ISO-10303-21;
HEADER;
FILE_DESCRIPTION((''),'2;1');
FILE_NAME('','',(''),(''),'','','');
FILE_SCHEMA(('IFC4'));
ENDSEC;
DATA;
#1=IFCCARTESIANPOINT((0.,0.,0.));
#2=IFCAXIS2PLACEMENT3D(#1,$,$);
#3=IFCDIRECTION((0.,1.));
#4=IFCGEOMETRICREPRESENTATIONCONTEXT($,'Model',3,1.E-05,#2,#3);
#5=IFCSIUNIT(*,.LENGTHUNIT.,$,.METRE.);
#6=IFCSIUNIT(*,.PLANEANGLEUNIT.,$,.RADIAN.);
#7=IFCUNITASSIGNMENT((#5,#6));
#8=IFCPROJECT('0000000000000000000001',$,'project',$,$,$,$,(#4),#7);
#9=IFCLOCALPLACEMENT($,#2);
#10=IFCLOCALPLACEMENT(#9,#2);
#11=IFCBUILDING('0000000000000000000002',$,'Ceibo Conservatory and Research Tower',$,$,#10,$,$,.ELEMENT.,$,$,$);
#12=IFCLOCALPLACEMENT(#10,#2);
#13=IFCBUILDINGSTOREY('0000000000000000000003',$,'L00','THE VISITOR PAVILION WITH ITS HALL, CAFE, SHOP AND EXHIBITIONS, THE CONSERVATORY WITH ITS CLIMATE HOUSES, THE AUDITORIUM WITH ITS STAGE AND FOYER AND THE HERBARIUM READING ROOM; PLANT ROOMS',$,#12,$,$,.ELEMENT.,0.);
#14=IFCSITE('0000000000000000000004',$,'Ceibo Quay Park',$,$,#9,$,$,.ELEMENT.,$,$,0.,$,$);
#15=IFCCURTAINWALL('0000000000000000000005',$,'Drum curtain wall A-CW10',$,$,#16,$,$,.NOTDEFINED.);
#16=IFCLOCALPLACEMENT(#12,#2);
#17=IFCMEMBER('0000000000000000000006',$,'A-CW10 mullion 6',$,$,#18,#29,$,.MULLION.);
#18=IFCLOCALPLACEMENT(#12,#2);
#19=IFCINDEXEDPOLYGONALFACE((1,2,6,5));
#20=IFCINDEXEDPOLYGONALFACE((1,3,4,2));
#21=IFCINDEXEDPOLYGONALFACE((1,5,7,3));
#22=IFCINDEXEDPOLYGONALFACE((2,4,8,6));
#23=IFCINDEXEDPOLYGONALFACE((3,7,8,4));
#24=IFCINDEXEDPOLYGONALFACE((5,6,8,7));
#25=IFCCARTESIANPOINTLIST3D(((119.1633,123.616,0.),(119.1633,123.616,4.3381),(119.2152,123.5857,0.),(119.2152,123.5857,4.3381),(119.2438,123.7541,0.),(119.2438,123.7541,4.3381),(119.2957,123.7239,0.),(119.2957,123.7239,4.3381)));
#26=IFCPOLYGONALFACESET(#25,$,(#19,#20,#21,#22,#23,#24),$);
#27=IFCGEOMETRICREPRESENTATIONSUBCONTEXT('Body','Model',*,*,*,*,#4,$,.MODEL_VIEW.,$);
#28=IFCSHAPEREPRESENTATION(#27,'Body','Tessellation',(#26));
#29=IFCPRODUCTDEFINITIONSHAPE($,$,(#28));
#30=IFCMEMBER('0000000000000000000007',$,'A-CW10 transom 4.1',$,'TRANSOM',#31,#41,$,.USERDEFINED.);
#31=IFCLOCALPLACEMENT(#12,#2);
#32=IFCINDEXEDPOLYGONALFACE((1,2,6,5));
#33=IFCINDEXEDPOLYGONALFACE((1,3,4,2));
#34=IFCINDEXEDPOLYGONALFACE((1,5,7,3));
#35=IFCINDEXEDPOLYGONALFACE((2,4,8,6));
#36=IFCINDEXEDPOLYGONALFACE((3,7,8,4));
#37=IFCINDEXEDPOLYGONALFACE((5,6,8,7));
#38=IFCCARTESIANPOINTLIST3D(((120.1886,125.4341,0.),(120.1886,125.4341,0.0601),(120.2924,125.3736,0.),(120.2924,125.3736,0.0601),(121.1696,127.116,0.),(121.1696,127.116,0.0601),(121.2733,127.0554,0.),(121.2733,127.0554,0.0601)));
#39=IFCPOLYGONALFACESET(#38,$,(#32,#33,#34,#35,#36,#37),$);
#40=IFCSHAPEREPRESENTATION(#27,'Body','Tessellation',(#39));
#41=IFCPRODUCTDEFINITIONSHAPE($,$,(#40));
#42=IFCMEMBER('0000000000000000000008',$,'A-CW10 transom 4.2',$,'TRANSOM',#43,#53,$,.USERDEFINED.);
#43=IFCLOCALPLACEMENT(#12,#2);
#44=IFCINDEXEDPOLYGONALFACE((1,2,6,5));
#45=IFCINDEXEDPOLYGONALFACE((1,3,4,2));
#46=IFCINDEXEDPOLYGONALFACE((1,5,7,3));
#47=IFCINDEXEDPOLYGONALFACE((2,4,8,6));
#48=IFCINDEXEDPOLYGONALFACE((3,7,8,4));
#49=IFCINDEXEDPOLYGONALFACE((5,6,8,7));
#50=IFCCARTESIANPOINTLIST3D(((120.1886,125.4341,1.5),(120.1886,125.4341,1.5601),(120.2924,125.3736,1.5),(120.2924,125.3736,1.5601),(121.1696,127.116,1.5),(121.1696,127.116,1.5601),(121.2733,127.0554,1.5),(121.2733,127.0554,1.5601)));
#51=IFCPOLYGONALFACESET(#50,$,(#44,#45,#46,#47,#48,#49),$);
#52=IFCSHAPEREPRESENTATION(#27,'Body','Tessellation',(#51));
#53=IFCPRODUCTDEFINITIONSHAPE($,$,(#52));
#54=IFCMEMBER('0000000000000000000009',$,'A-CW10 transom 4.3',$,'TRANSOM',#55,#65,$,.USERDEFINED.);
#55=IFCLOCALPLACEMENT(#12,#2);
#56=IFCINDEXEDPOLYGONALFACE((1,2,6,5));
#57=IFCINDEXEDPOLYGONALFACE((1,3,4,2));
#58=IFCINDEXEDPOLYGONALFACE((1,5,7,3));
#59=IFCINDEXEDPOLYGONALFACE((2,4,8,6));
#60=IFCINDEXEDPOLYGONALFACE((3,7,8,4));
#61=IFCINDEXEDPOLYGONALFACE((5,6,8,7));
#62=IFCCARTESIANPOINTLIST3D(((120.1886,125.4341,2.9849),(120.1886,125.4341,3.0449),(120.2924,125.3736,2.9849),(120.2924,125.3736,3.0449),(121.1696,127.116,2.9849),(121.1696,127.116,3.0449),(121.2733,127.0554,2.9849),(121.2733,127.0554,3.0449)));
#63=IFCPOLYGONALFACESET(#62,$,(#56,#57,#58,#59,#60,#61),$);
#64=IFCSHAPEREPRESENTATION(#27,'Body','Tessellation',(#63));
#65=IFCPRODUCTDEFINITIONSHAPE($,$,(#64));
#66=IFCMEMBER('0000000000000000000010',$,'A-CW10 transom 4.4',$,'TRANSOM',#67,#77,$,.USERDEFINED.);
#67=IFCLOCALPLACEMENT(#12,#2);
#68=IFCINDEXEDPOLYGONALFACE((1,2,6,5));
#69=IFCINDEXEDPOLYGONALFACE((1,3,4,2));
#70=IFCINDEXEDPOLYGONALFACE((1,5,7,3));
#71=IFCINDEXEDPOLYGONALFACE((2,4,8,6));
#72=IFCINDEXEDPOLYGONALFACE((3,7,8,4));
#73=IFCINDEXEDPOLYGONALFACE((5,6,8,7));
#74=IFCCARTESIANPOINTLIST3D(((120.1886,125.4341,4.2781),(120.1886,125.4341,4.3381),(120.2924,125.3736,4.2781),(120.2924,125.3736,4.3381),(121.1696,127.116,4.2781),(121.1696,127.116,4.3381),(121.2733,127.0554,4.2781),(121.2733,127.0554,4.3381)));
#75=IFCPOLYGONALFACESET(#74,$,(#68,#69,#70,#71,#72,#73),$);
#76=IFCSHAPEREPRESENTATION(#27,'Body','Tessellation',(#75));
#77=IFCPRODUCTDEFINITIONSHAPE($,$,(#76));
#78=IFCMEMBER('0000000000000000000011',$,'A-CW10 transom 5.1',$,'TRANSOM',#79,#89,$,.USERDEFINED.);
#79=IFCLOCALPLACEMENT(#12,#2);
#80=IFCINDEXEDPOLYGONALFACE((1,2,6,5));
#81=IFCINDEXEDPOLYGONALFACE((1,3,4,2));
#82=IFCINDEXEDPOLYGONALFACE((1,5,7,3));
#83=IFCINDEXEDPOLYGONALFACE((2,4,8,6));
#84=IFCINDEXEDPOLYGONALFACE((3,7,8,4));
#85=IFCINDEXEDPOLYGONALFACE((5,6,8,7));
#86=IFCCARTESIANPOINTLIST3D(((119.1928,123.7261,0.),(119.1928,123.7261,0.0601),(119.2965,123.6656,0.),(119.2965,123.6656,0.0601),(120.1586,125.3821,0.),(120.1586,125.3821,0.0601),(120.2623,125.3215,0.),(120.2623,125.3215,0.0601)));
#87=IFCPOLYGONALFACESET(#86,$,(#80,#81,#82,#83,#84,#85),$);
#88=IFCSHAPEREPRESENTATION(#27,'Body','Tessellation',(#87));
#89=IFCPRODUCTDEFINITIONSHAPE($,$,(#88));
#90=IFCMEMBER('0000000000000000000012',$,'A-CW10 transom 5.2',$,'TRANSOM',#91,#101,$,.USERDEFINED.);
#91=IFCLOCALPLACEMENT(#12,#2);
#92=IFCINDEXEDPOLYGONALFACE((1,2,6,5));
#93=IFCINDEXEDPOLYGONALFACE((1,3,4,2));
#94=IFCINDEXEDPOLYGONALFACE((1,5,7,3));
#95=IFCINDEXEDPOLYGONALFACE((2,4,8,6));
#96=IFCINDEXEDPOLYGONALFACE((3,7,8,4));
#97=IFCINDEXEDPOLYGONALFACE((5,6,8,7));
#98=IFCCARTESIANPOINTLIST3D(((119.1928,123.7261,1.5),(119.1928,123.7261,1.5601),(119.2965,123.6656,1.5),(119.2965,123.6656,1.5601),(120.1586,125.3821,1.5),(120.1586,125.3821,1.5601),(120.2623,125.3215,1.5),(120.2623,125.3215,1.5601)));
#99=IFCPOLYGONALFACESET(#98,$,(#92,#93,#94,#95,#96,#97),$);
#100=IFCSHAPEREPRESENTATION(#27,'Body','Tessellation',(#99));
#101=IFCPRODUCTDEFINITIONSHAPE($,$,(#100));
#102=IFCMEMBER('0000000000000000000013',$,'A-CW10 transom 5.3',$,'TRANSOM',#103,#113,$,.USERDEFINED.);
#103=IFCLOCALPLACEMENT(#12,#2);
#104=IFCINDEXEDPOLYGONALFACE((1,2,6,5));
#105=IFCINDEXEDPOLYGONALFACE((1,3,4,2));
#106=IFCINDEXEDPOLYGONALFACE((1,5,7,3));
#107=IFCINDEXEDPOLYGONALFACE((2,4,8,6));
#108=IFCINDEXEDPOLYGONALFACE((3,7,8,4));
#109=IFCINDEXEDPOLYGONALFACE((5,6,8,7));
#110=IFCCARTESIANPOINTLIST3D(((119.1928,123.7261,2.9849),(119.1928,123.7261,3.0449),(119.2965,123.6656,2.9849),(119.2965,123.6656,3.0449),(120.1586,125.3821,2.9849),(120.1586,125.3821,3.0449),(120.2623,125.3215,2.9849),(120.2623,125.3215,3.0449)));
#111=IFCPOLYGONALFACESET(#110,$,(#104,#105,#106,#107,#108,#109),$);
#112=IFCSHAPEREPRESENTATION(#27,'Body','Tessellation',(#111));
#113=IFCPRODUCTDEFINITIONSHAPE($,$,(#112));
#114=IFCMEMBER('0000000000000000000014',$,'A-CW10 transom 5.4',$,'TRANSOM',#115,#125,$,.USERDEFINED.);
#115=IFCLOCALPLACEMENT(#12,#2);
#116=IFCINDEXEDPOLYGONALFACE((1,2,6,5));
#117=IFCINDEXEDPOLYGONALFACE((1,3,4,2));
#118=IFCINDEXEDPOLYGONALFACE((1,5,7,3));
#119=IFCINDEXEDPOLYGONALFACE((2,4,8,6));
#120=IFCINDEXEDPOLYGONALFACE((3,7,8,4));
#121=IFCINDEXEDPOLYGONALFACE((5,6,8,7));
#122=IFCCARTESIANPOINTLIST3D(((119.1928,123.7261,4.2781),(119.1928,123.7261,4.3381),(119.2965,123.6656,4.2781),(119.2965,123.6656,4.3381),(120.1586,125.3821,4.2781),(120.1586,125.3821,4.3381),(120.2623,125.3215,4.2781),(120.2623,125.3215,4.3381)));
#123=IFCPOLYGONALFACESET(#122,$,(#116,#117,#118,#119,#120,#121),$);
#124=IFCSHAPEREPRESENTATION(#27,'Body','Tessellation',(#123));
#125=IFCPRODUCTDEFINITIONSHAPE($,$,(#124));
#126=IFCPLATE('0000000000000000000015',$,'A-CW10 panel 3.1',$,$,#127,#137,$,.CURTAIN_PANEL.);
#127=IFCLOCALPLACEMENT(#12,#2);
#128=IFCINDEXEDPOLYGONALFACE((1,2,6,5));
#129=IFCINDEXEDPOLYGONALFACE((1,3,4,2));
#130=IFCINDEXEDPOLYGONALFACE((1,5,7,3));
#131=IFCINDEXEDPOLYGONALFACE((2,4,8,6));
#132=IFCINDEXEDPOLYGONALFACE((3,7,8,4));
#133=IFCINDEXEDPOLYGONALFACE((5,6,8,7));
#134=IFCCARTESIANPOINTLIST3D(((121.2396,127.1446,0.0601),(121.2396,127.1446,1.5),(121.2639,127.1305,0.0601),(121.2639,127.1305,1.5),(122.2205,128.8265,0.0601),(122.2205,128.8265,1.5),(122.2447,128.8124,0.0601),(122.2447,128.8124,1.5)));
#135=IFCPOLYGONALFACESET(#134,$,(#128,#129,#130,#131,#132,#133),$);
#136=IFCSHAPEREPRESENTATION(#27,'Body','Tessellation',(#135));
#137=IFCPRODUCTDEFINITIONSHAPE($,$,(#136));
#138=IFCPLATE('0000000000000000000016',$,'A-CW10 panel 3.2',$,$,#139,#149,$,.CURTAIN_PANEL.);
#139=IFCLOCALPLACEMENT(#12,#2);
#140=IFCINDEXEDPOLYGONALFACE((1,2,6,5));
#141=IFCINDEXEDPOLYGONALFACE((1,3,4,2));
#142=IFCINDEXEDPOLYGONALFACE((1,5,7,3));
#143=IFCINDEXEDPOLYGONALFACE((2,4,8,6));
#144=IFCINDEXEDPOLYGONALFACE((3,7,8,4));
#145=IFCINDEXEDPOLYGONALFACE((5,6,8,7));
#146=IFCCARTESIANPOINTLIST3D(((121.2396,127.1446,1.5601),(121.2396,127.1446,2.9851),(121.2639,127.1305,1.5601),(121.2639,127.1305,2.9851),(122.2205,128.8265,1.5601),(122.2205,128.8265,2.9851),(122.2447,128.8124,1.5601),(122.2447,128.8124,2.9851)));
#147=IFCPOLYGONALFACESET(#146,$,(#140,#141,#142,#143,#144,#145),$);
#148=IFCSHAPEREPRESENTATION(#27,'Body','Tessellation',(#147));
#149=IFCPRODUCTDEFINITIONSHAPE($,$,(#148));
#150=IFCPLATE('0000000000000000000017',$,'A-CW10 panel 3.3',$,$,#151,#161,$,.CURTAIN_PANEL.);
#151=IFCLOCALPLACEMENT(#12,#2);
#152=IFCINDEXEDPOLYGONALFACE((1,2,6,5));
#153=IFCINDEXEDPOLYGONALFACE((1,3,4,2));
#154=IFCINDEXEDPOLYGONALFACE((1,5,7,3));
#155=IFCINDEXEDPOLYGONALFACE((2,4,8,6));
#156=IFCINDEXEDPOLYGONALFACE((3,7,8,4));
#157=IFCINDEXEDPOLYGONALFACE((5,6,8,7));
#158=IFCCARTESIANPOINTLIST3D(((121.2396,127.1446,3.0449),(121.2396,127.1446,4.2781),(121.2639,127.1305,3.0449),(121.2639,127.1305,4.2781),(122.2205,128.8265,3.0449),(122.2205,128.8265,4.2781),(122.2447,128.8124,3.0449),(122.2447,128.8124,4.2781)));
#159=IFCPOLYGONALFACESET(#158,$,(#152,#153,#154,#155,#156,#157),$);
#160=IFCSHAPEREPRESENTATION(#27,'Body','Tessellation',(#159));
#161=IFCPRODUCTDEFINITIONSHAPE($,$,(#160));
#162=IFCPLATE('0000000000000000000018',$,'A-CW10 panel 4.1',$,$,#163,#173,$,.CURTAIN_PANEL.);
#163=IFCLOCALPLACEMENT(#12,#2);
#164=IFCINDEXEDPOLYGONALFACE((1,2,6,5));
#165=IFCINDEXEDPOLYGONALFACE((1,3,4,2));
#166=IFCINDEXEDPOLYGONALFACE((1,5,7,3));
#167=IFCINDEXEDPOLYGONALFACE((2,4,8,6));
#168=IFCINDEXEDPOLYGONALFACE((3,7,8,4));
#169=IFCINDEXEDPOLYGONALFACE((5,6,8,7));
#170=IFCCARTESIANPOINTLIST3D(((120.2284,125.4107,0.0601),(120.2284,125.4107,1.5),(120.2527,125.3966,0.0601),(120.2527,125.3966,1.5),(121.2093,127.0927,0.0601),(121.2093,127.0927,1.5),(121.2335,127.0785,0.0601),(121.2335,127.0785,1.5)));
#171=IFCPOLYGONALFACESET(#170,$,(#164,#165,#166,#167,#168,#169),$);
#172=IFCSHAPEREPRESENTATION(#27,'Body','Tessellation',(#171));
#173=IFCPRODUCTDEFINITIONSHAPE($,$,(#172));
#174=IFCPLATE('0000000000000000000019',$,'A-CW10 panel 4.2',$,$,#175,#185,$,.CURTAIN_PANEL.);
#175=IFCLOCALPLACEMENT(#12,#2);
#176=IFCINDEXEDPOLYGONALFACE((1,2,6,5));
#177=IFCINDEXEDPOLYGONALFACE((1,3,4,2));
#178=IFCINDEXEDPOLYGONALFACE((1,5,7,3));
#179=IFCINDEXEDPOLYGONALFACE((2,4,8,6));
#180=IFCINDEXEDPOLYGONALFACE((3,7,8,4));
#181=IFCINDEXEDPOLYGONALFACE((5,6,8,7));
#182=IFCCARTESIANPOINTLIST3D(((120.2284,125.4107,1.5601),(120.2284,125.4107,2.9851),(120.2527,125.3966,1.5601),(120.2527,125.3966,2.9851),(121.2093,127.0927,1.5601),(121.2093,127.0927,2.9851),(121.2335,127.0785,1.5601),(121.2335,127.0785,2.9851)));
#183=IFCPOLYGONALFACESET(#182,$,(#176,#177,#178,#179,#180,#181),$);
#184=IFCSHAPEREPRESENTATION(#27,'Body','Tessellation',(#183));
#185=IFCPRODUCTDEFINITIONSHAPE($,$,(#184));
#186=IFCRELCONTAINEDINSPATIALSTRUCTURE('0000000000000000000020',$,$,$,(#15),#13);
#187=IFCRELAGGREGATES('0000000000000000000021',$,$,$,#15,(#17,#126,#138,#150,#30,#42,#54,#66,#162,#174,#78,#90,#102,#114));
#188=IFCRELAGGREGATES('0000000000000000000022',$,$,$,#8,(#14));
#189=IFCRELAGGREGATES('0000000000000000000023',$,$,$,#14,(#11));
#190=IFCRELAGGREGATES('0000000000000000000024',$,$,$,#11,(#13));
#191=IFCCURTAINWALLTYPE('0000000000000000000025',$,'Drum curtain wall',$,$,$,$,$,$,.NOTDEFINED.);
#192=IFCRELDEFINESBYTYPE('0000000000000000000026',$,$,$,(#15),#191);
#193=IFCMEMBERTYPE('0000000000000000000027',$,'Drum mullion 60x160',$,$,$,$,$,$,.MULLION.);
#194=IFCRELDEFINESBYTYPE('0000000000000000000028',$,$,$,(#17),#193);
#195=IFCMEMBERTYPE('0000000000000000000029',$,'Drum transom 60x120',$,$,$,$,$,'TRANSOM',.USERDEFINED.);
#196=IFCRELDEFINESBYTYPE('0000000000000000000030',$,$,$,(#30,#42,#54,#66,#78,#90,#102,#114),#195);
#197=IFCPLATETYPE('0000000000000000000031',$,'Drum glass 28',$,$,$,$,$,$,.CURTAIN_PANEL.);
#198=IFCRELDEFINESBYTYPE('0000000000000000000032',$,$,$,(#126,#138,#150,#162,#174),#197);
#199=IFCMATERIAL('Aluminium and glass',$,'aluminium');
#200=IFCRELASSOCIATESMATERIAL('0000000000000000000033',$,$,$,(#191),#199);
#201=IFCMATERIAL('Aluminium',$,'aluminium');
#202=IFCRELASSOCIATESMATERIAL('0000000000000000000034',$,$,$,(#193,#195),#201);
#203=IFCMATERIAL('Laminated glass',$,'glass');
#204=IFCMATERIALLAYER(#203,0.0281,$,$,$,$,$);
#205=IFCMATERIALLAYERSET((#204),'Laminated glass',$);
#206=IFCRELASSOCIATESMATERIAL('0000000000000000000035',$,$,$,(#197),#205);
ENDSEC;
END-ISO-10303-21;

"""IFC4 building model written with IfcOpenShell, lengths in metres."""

from ifc_helpers import new_model, si_unit, direction, frame, origin, origin_2d, place, context, subcontext, project, spatial, rectangle, extrude, material, layer, layer_set, material_profile, profile_set, type_object, element, aggregate, save


model = new_model("IFC4")

# Units and contexts
model_context = context("Model", 3, precision=1e-05, world=origin(), true_north=direction((0.0, 1.0)))
body_context = subcontext(model_context, "Body", "Model", "MODEL_VIEW")
ifc_project = project(units=[si_unit("LENGTHUNIT", "METRE"), si_unit("PLANEANGLEUNIT", "RADIAN")], contexts=[model_context])

# Site, building, storey
site_placement = place(None, origin())
site = spatial("IfcSite", under=ifc_project, at=site_placement, Name="Ceibo Quay Park", CompositionType="ELEMENT", RefElevation=0.0)
building_placement = place(site_placement, origin())
building = spatial("IfcBuilding", under=site, at=building_placement, Name="Ceibo Conservatory and Research Tower", CompositionType="ELEMENT")
storey_placement = place(building_placement, origin())
storey = spatial("IfcBuildingStorey", under=building, at=storey_placement, Name="L00", Description="THE VISITOR PAVILION WITH ITS HALL, CAFE, SHOP AND EXHIBITIONS, THE CONSERVATORY WITH ITS CLIMATE HOUSES, THE AUDITORIUM WITH ITS STAGE AND FOYER AND THE HERBARIUM READING ROOM; PLANT ROOMS", CompositionType="ELEMENT", Elevation=0.0)

# Curtain wall, members, plates
ifc_material_1 = material(Name="Aluminium and glass", Category="aluminium")
curtain_wall_type = type_object("IfcCurtainWallType", Name="Drum curtain wall", PredefinedType="NOTDEFINED", material=ifc_material_1)
curtain_wall_placement = place(storey_placement, origin())
curtain_wall = element("IfcCurtainWall", 1, at=curtain_wall_placement, inside=storey, type_object=curtain_wall_type, Name="Drum curtain wall A-CW10", PredefinedType="NOTDEFINED")
ifc_material_2 = material(Name="Aluminium", Category="aluminium")
ifc_material_profile_1 = material_profile(ifc_material_2, rectangle(XDim=0.0601, YDim=0.1599, at=origin_2d()), Name="AL 60x160")
ifc_profile_set_1 = profile_set([ifc_material_profile_1], Name="Aluminium")
member_type_1 = type_object("IfcMemberType", Name="Drum mullion 60x160", PredefinedType="MULLION", material=ifc_profile_set_1)
member_1_placement = place(storey_placement, frame((119.2295, 123.6699, 0.0), z_axis=(0.0, 0.0, 1.0), x_axis=(0.863836, -0.503774, 0.0)))
member_1 = element("IfcMember", 2, at=member_1_placement, type_object=member_type_1, Name="A-CW10 mullion 6", PredefinedType="MULLION", context=body_context, shape_type="SweptSolid", body=[
    extrude(rectangle(XDim=0.0601, YDim=0.1599, at=origin_2d()), origin(), (0.0, 0.0, 1.0), 4.3381),
])
ifc_material_profile_2 = material_profile(ifc_material_2, rectangle(XDim=0.1201, YDim=0.0601, at=origin_2d()), Name="AL 60x120")
ifc_profile_set_2 = profile_set([ifc_material_profile_2], Name="Aluminium")
member_type_2 = type_object("IfcMemberType", Name="Drum transom 60x120", ElementType="TRANSOM", PredefinedType="USERDEFINED", material=ifc_profile_set_2)
member_2_placement = place(storey_placement, frame((121.2214, 127.0857, 0.03), z_axis=(-0.503816, -0.863811, 0.0), x_axis=(0.863811, -0.503816, 0.0)))
member_2 = element("IfcMember", 3, at=member_2_placement, type_object=member_type_2, Name="A-CW10 transom 4.1", ObjectType="TRANSOM", PredefinedType="USERDEFINED", context=body_context, shape_type="SweptSolid", body=[
    extrude(rectangle(XDim=0.1201, YDim=0.0601, at=origin_2d()), origin(), (0.0, 0.0, 1.0), 1.947),
])
member_3_placement = place(storey_placement, frame((121.2214, 127.0857, 1.53), z_axis=(-0.503816, -0.863811, 0.0), x_axis=(0.863811, -0.503816, 0.0)))
member_3 = element("IfcMember", 4, at=member_3_placement, type_object=member_type_2, Name="A-CW10 transom 4.2", ObjectType="TRANSOM", PredefinedType="USERDEFINED", context=body_context, shape_type="SweptSolid", body=[
    extrude(rectangle(XDim=0.1201, YDim=0.0601, at=origin_2d()), origin(), (0.0, 0.0, 1.0), 1.947),
])
member_4_placement = place(storey_placement, frame((121.2214, 127.0857, 3.0149), z_axis=(-0.503816, -0.863811, 0.0), x_axis=(0.863811, -0.503816, 0.0)))
member_4 = element("IfcMember", 5, at=member_4_placement, type_object=member_type_2, Name="A-CW10 transom 4.3", ObjectType="TRANSOM", PredefinedType="USERDEFINED", context=body_context, shape_type="SweptSolid", body=[
    extrude(rectangle(XDim=0.1201, YDim=0.0601, at=origin_2d()), origin(), (0.0, 0.0, 1.0), 1.947),
])
member_5_placement = place(storey_placement, frame((121.2214, 127.0857, 4.3081), z_axis=(-0.503816, -0.863811, 0.0), x_axis=(0.863811, -0.503816, 0.0)))
member_5 = element("IfcMember", 6, at=member_5_placement, type_object=member_type_2, Name="A-CW10 transom 4.4", ObjectType="TRANSOM", PredefinedType="USERDEFINED", context=body_context, shape_type="SweptSolid", body=[
    extrude(rectangle(XDim=0.1201, YDim=0.0601, at=origin_2d()), origin(), (0.0, 0.0, 1.0), 1.947),
])
member_6_placement = place(storey_placement, frame((120.2104, 125.3518, 0.03), z_axis=(-0.5038, -0.86382, 0.0), x_axis=(0.86382, -0.5038, 0.0)))
member_6 = element("IfcMember", 7, at=member_6_placement, type_object=member_type_2, Name="A-CW10 transom 5.1", ObjectType="TRANSOM", PredefinedType="USERDEFINED", context=body_context, shape_type="SweptSolid", body=[
    extrude(rectangle(XDim=0.1201, YDim=0.0601, at=origin_2d()), origin(), (0.0, 0.0, 1.0), 1.917),
])
member_7_placement = place(storey_placement, frame((120.2104, 125.3518, 1.53), z_axis=(-0.5038, -0.86382, 0.0), x_axis=(0.86382, -0.5038, 0.0)))
member_7 = element("IfcMember", 8, at=member_7_placement, type_object=member_type_2, Name="A-CW10 transom 5.2", ObjectType="TRANSOM", PredefinedType="USERDEFINED", context=body_context, shape_type="SweptSolid", body=[
    extrude(rectangle(XDim=0.1201, YDim=0.0601, at=origin_2d()), origin(), (0.0, 0.0, 1.0), 1.917),
])
member_8_placement = place(storey_placement, frame((120.2104, 125.3518, 3.0149), z_axis=(-0.5038, -0.86382, 0.0), x_axis=(0.86382, -0.5038, 0.0)))
member_8 = element("IfcMember", 9, at=member_8_placement, type_object=member_type_2, Name="A-CW10 transom 5.3", ObjectType="TRANSOM", PredefinedType="USERDEFINED", context=body_context, shape_type="SweptSolid", body=[
    extrude(rectangle(XDim=0.1201, YDim=0.0601, at=origin_2d()), origin(), (0.0, 0.0, 1.0), 1.917),
])
member_9_placement = place(storey_placement, frame((120.2104, 125.3518, 4.3081), z_axis=(-0.5038, -0.86382, 0.0), x_axis=(0.86382, -0.5038, 0.0)))
member_9 = element("IfcMember", 10, at=member_9_placement, type_object=member_type_2, Name="A-CW10 transom 5.4", ObjectType="TRANSOM", PredefinedType="USERDEFINED", context=body_context, shape_type="SweptSolid", body=[
    extrude(rectangle(XDim=0.1201, YDim=0.0601, at=origin_2d()), origin(), (0.0, 0.0, 1.0), 1.917),
])
ifc_material_3 = material(Name="Laminated glass", Category="glass")
ifc_layer_1 = layer(ifc_material_3, 0.0281)
ifc_layer_set_1 = layer_set([ifc_layer_1], Name="Laminated glass")
plate_type_1 = type_object("IfcPlateType", Name="Drum glass 28", PredefinedType="CURTAIN_PANEL", material=ifc_layer_set_1)
plate_1_placement = place(storey_placement, frame((121.7422, 127.9785, 0.0601), z_axis=(0.0, 0.0, 1.0), x_axis=(-0.503774, -0.863836, 0.0)))
plate_1 = element("IfcPlate", 11, at=plate_1_placement, type_object=plate_type_1, Name="A-CW10 panel 3.1", PredefinedType="CURTAIN_PANEL", context=body_context, shape_type="SweptSolid", body=[
    extrude(rectangle(XDim=1.947, YDim=0.0281, at=origin_2d()), origin(), (0.0, 0.0, 1.0), 1.4399),
])
plate_2_placement = place(storey_placement, frame((121.7422, 127.9785, 1.5601), z_axis=(0.0, 0.0, 1.0), x_axis=(-0.503774, -0.863836, 0.0)))
plate_2 = element("IfcPlate", 12, at=plate_2_placement, type_object=plate_type_1, Name="A-CW10 panel 3.2", PredefinedType="CURTAIN_PANEL", context=body_context, shape_type="SweptSolid", body=[
    extrude(rectangle(XDim=1.947, YDim=0.0281, at=origin_2d()), origin(), (0.0, 0.0, 1.0), 1.425),
])
plate_3_placement = place(storey_placement, frame((121.7422, 127.9785, 3.0449), z_axis=(0.0, 0.0, 1.0), x_axis=(-0.503774, -0.863836, 0.0)))
plate_3 = element("IfcPlate", 13, at=plate_3_placement, type_object=plate_type_1, Name="A-CW10 panel 3.3", PredefinedType="CURTAIN_PANEL", context=body_context, shape_type="SweptSolid", body=[
    extrude(rectangle(XDim=1.947, YDim=0.0281, at=origin_2d()), origin(), (0.0, 0.0, 1.0), 1.2332),
])
plate_4_placement = place(storey_placement, frame((120.731, 126.2446, 0.0601), z_axis=(0.0, 0.0, 1.0), x_axis=(-0.503774, -0.863836, 0.0)))
plate_4 = element("IfcPlate", 14, at=plate_4_placement, type_object=plate_type_1, Name="A-CW10 panel 4.1", PredefinedType="CURTAIN_PANEL", context=body_context, shape_type="SweptSolid", body=[
    extrude(rectangle(XDim=1.947, YDim=0.0281, at=origin_2d()), origin(), (0.0, 0.0, 1.0), 1.4399),
])
plate_5_placement = place(storey_placement, frame((120.731, 126.2446, 1.5601), z_axis=(0.0, 0.0, 1.0), x_axis=(-0.503774, -0.863836, 0.0)))
plate_5 = element("IfcPlate", 15, at=plate_5_placement, type_object=plate_type_1, Name="A-CW10 panel 4.2", PredefinedType="CURTAIN_PANEL", context=body_context, shape_type="SweptSolid", body=[
    extrude(rectangle(XDim=1.947, YDim=0.0281, at=origin_2d()), origin(), (0.0, 0.0, 1.0), 1.425),
])
aggregate(curtain_wall, [member_1, plate_1, plate_2, plate_3, member_2, member_3, member_4, member_5, plate_4, plate_5, member_6, member_7, member_8, member_9])

save(model, "model.ifc")
